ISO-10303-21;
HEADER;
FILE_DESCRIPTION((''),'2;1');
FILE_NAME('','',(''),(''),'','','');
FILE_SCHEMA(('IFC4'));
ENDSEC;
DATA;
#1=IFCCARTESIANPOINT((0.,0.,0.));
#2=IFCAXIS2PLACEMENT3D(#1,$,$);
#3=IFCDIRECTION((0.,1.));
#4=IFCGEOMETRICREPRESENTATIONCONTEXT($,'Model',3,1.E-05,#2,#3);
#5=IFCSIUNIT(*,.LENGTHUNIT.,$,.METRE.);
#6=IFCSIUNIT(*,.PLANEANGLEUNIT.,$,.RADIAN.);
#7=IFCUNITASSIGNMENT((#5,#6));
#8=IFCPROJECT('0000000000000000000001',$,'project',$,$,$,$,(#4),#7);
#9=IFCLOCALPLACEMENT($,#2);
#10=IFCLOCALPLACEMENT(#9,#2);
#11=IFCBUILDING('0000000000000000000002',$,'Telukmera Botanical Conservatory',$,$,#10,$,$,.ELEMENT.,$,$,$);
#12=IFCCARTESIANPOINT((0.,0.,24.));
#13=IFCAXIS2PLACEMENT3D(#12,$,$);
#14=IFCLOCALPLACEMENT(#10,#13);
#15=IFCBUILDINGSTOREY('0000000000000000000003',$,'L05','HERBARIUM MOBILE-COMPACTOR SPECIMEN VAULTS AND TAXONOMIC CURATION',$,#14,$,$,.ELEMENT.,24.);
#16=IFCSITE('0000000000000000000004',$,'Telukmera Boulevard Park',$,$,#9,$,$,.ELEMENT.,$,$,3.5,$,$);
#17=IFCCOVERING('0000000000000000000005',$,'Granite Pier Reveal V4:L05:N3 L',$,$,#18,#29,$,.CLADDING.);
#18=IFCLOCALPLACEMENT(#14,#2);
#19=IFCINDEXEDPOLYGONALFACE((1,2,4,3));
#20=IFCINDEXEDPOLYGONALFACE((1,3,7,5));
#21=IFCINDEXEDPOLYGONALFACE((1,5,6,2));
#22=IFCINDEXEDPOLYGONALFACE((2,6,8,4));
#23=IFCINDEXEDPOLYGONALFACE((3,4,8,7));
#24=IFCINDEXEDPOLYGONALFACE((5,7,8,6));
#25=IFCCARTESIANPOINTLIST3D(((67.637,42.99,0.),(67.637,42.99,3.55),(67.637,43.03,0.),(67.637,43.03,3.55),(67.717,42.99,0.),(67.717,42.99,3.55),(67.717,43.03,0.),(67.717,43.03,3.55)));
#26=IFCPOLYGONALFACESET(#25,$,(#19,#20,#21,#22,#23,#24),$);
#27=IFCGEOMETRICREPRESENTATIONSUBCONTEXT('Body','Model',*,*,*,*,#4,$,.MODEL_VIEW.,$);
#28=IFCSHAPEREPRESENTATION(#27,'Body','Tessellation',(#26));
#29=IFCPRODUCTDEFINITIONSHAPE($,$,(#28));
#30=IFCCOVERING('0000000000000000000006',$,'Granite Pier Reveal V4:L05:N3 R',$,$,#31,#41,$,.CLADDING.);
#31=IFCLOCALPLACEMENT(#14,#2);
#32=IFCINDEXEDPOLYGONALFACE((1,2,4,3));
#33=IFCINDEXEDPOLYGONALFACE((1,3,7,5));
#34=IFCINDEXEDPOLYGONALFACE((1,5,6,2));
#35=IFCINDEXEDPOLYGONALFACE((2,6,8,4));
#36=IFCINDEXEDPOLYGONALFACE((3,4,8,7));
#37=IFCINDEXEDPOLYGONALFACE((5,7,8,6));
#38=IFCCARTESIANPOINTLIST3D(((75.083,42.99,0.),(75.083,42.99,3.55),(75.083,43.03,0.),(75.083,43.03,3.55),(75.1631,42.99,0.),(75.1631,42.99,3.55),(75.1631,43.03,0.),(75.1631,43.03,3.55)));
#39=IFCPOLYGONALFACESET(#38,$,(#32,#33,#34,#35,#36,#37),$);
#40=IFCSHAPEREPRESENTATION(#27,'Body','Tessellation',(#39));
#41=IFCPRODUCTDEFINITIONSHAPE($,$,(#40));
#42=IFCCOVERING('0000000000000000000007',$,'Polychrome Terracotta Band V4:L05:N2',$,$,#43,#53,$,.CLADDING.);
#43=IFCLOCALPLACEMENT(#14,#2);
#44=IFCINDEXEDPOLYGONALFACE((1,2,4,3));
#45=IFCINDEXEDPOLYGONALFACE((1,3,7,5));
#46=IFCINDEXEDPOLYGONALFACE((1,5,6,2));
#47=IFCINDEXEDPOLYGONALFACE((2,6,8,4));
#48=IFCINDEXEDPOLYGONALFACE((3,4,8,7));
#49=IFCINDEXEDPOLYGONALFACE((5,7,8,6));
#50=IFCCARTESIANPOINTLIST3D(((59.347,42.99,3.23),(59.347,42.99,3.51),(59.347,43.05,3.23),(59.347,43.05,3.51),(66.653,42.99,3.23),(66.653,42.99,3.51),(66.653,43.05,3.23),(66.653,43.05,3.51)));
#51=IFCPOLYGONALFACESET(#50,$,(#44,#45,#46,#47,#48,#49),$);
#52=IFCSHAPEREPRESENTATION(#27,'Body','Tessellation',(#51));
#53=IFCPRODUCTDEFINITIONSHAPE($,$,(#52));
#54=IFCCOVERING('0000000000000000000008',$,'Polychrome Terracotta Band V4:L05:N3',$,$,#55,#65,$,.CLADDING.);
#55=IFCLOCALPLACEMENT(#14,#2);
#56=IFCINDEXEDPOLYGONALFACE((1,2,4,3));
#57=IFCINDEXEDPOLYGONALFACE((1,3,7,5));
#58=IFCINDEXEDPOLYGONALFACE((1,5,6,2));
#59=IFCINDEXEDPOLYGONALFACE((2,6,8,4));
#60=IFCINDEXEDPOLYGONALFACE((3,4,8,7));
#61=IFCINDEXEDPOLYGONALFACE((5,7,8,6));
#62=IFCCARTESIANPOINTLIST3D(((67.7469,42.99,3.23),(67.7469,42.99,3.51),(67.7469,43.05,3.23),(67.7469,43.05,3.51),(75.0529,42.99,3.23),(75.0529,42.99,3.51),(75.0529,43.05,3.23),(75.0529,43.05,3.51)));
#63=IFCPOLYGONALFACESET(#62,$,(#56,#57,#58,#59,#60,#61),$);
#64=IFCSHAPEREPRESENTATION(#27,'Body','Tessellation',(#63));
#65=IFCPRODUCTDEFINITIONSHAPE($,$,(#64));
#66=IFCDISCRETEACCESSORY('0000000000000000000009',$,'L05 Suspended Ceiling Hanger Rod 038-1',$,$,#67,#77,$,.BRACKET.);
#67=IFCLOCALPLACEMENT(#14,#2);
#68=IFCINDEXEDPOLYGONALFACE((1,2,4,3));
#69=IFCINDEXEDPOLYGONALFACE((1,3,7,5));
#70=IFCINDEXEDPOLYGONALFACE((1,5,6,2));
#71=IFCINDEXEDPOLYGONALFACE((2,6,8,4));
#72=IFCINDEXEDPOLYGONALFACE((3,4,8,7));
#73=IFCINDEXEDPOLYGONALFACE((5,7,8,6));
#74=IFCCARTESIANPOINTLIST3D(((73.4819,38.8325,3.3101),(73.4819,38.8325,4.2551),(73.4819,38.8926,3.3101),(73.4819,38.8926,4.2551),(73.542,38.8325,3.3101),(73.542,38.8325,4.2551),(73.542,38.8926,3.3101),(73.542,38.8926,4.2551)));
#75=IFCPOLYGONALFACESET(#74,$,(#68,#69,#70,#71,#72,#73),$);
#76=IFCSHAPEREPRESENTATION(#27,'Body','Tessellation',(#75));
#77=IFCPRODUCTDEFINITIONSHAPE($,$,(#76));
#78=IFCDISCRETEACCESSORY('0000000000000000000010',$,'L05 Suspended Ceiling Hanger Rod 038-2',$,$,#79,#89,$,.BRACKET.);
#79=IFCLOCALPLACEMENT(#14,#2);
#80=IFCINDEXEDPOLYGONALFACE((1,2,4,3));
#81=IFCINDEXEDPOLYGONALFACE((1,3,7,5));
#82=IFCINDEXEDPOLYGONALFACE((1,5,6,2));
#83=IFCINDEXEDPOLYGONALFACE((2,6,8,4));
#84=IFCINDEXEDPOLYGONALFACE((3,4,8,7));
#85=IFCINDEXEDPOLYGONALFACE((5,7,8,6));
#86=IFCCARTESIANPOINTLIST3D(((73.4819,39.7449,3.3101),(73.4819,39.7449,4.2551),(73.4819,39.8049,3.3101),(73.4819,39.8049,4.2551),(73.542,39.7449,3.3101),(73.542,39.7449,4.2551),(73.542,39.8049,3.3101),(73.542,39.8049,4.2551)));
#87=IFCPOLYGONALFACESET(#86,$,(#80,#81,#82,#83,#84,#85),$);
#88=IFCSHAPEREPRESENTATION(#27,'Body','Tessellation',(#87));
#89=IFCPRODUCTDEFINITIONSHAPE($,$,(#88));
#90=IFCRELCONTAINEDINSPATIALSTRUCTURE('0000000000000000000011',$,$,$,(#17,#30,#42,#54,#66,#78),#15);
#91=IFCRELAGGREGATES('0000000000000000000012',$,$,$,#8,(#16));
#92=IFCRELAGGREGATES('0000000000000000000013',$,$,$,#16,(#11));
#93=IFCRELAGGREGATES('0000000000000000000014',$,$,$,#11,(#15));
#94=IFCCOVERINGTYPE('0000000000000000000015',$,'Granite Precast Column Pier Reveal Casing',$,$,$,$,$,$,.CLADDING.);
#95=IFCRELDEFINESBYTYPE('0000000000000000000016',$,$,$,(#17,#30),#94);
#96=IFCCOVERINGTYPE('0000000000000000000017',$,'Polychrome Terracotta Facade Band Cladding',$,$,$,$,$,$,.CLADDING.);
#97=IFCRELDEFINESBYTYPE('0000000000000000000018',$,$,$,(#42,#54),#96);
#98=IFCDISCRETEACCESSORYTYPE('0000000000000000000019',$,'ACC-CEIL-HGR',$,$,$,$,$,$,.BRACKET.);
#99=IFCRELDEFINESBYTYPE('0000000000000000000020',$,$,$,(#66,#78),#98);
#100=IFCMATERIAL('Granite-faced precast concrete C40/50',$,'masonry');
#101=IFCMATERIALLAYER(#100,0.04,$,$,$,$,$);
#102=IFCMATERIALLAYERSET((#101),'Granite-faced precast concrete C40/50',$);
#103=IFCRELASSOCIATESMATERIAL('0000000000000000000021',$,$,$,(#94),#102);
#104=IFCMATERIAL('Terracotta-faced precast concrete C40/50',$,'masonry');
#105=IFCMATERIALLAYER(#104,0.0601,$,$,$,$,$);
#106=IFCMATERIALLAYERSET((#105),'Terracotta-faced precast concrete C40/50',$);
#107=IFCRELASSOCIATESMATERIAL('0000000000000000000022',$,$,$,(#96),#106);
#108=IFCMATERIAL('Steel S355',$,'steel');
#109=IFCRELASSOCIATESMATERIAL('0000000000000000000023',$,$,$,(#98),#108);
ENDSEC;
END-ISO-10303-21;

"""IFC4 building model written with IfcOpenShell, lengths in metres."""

from ifc_helpers import new_model, si_unit, direction, frame, origin, origin_2d, place, context, subcontext, project, spatial, rectangle, extrude, material, layer, layer_set, type_object, element, save


model = new_model("IFC4")

# Units and contexts
model_context = context("Model", 3, precision=1e-05, world=origin(), true_north=direction((0.0, 1.0)))
body_context = subcontext(model_context, "Body", "Model", "MODEL_VIEW")
ifc_project = project(units=[si_unit("LENGTHUNIT", "METRE"), si_unit("PLANEANGLEUNIT", "RADIAN")], contexts=[model_context])

# Site, building, storey
site_placement = place(None, origin())
site = spatial("IfcSite", under=ifc_project, at=site_placement, Name="Telukmera Boulevard Park", CompositionType="ELEMENT", RefElevation=3.5)
building_placement = place(site_placement, origin())
building = spatial("IfcBuilding", under=site, at=building_placement, Name="Telukmera Botanical Conservatory", CompositionType="ELEMENT")
storey_placement = place(building_placement, frame((0.0, 0.0, 24.0)))
storey = spatial("IfcBuildingStorey", under=building, at=storey_placement, Name="L05", Description="HERBARIUM MOBILE-COMPACTOR SPECIMEN VAULTS AND TAXONOMIC CURATION", CompositionType="ELEMENT", Elevation=24.0)

# Shared definitions
ifc_material_1 = material(Name="Terracotta-faced precast concrete C40/50", Category="masonry")

# Coverings
ifc_material_2 = material(Name="Granite-faced precast concrete C40/50", Category="masonry")
ifc_layer_1 = layer(ifc_material_2, 0.04)
ifc_layer_set_1 = layer_set([ifc_layer_1], Name="Granite-faced precast concrete C40/50")
covering_type_1 = type_object("IfcCoveringType", Name="Granite Precast Column Pier Reveal Casing", PredefinedType="CLADDING", material=ifc_layer_set_1)
for number, where, z_axis, x_axis, name in (
    (1, (67.677, 43.01, 0.0), (0.0, 0.0, 1.0), (1.0, 0.0, 0.0), "Granite Pier Reveal V4:L05:N3 L"),
    (2, (75.123, 43.01, 0.0), (0.0, 0.0, 1.0), (1.0, 0.0, 0.0), "Granite Pier Reveal V4:L05:N3 R"),
):
    element("IfcCovering", number, at=place(storey_placement, frame(where, z_axis=z_axis, x_axis=x_axis)), inside=storey, type_object=covering_type_1, Name=name, PredefinedType="CLADDING", context=body_context, shape_type="SweptSolid", body=[
        extrude(rectangle(XDim=0.0801, YDim=0.04, at=origin_2d()), origin(), (0.0, 0.0, 1.0), 3.55),
    ])
ifc_layer_2 = layer(ifc_material_1, 0.0601)
ifc_layer_set_2 = layer_set([ifc_layer_2], Name="Terracotta-faced precast concrete C40/50")
covering_type_2 = type_object("IfcCoveringType", Name="Polychrome Terracotta Facade Band Cladding", PredefinedType="CLADDING", material=ifc_layer_set_2)
for number, where, z_axis, x_axis, name in (
    (3, (63.0, 43.02, 3.23), (0.0, 0.0, 1.0), (1.0, 0.0, 0.0), "Polychrome Terracotta Band V4:L05:N2"),
    (4, (71.3999, 43.02, 3.23), (0.0, 0.0, 1.0), (1.0, 0.0, 0.0), "Polychrome Terracotta Band V4:L05:N3"),
):
    element("IfcCovering", number, at=place(storey_placement, frame(where, z_axis=z_axis, x_axis=x_axis)), inside=storey, type_object=covering_type_2, Name=name, PredefinedType="CLADDING", context=body_context, shape_type="SweptSolid", body=[
        extrude(rectangle(XDim=7.3059, YDim=0.0601, at=origin_2d()), origin(), (0.0, 0.0, 1.0), 0.28),
    ])

# Discrete accessories
ifc_material_3 = material(Name="Steel S355", Category="steel")
discrete_accessory_type = type_object("IfcDiscreteAccessoryType", Name="ACC-CEIL-HGR", PredefinedType="BRACKET", material=ifc_material_3)
for number, where, z_axis, x_axis, name in (
    (5, (73.512, 38.8625, 3.3101), (0.0, 0.0, 1.0), (1.0, 0.0, 0.0), "L05 Suspended Ceiling Hanger Rod 038-1"),
    (6, (73.512, 39.7749, 3.3101), (0.0, 0.0, 1.0), (1.0, 0.0, 0.0), "L05 Suspended Ceiling Hanger Rod 038-2"),
):
    element("IfcDiscreteAccessory", number, at=place(storey_placement, frame(where, z_axis=z_axis, x_axis=x_axis)), inside=storey, type_object=discrete_accessory_type, Name=name, PredefinedType="BRACKET", context=body_context, shape_type="SweptSolid", body=[
        extrude(rectangle(XDim=0.0601, YDim=0.0601, at=origin_2d()), origin(), (0.0, 0.0, 1.0), 0.9451),
    ])

save(model, "model.ifc")
